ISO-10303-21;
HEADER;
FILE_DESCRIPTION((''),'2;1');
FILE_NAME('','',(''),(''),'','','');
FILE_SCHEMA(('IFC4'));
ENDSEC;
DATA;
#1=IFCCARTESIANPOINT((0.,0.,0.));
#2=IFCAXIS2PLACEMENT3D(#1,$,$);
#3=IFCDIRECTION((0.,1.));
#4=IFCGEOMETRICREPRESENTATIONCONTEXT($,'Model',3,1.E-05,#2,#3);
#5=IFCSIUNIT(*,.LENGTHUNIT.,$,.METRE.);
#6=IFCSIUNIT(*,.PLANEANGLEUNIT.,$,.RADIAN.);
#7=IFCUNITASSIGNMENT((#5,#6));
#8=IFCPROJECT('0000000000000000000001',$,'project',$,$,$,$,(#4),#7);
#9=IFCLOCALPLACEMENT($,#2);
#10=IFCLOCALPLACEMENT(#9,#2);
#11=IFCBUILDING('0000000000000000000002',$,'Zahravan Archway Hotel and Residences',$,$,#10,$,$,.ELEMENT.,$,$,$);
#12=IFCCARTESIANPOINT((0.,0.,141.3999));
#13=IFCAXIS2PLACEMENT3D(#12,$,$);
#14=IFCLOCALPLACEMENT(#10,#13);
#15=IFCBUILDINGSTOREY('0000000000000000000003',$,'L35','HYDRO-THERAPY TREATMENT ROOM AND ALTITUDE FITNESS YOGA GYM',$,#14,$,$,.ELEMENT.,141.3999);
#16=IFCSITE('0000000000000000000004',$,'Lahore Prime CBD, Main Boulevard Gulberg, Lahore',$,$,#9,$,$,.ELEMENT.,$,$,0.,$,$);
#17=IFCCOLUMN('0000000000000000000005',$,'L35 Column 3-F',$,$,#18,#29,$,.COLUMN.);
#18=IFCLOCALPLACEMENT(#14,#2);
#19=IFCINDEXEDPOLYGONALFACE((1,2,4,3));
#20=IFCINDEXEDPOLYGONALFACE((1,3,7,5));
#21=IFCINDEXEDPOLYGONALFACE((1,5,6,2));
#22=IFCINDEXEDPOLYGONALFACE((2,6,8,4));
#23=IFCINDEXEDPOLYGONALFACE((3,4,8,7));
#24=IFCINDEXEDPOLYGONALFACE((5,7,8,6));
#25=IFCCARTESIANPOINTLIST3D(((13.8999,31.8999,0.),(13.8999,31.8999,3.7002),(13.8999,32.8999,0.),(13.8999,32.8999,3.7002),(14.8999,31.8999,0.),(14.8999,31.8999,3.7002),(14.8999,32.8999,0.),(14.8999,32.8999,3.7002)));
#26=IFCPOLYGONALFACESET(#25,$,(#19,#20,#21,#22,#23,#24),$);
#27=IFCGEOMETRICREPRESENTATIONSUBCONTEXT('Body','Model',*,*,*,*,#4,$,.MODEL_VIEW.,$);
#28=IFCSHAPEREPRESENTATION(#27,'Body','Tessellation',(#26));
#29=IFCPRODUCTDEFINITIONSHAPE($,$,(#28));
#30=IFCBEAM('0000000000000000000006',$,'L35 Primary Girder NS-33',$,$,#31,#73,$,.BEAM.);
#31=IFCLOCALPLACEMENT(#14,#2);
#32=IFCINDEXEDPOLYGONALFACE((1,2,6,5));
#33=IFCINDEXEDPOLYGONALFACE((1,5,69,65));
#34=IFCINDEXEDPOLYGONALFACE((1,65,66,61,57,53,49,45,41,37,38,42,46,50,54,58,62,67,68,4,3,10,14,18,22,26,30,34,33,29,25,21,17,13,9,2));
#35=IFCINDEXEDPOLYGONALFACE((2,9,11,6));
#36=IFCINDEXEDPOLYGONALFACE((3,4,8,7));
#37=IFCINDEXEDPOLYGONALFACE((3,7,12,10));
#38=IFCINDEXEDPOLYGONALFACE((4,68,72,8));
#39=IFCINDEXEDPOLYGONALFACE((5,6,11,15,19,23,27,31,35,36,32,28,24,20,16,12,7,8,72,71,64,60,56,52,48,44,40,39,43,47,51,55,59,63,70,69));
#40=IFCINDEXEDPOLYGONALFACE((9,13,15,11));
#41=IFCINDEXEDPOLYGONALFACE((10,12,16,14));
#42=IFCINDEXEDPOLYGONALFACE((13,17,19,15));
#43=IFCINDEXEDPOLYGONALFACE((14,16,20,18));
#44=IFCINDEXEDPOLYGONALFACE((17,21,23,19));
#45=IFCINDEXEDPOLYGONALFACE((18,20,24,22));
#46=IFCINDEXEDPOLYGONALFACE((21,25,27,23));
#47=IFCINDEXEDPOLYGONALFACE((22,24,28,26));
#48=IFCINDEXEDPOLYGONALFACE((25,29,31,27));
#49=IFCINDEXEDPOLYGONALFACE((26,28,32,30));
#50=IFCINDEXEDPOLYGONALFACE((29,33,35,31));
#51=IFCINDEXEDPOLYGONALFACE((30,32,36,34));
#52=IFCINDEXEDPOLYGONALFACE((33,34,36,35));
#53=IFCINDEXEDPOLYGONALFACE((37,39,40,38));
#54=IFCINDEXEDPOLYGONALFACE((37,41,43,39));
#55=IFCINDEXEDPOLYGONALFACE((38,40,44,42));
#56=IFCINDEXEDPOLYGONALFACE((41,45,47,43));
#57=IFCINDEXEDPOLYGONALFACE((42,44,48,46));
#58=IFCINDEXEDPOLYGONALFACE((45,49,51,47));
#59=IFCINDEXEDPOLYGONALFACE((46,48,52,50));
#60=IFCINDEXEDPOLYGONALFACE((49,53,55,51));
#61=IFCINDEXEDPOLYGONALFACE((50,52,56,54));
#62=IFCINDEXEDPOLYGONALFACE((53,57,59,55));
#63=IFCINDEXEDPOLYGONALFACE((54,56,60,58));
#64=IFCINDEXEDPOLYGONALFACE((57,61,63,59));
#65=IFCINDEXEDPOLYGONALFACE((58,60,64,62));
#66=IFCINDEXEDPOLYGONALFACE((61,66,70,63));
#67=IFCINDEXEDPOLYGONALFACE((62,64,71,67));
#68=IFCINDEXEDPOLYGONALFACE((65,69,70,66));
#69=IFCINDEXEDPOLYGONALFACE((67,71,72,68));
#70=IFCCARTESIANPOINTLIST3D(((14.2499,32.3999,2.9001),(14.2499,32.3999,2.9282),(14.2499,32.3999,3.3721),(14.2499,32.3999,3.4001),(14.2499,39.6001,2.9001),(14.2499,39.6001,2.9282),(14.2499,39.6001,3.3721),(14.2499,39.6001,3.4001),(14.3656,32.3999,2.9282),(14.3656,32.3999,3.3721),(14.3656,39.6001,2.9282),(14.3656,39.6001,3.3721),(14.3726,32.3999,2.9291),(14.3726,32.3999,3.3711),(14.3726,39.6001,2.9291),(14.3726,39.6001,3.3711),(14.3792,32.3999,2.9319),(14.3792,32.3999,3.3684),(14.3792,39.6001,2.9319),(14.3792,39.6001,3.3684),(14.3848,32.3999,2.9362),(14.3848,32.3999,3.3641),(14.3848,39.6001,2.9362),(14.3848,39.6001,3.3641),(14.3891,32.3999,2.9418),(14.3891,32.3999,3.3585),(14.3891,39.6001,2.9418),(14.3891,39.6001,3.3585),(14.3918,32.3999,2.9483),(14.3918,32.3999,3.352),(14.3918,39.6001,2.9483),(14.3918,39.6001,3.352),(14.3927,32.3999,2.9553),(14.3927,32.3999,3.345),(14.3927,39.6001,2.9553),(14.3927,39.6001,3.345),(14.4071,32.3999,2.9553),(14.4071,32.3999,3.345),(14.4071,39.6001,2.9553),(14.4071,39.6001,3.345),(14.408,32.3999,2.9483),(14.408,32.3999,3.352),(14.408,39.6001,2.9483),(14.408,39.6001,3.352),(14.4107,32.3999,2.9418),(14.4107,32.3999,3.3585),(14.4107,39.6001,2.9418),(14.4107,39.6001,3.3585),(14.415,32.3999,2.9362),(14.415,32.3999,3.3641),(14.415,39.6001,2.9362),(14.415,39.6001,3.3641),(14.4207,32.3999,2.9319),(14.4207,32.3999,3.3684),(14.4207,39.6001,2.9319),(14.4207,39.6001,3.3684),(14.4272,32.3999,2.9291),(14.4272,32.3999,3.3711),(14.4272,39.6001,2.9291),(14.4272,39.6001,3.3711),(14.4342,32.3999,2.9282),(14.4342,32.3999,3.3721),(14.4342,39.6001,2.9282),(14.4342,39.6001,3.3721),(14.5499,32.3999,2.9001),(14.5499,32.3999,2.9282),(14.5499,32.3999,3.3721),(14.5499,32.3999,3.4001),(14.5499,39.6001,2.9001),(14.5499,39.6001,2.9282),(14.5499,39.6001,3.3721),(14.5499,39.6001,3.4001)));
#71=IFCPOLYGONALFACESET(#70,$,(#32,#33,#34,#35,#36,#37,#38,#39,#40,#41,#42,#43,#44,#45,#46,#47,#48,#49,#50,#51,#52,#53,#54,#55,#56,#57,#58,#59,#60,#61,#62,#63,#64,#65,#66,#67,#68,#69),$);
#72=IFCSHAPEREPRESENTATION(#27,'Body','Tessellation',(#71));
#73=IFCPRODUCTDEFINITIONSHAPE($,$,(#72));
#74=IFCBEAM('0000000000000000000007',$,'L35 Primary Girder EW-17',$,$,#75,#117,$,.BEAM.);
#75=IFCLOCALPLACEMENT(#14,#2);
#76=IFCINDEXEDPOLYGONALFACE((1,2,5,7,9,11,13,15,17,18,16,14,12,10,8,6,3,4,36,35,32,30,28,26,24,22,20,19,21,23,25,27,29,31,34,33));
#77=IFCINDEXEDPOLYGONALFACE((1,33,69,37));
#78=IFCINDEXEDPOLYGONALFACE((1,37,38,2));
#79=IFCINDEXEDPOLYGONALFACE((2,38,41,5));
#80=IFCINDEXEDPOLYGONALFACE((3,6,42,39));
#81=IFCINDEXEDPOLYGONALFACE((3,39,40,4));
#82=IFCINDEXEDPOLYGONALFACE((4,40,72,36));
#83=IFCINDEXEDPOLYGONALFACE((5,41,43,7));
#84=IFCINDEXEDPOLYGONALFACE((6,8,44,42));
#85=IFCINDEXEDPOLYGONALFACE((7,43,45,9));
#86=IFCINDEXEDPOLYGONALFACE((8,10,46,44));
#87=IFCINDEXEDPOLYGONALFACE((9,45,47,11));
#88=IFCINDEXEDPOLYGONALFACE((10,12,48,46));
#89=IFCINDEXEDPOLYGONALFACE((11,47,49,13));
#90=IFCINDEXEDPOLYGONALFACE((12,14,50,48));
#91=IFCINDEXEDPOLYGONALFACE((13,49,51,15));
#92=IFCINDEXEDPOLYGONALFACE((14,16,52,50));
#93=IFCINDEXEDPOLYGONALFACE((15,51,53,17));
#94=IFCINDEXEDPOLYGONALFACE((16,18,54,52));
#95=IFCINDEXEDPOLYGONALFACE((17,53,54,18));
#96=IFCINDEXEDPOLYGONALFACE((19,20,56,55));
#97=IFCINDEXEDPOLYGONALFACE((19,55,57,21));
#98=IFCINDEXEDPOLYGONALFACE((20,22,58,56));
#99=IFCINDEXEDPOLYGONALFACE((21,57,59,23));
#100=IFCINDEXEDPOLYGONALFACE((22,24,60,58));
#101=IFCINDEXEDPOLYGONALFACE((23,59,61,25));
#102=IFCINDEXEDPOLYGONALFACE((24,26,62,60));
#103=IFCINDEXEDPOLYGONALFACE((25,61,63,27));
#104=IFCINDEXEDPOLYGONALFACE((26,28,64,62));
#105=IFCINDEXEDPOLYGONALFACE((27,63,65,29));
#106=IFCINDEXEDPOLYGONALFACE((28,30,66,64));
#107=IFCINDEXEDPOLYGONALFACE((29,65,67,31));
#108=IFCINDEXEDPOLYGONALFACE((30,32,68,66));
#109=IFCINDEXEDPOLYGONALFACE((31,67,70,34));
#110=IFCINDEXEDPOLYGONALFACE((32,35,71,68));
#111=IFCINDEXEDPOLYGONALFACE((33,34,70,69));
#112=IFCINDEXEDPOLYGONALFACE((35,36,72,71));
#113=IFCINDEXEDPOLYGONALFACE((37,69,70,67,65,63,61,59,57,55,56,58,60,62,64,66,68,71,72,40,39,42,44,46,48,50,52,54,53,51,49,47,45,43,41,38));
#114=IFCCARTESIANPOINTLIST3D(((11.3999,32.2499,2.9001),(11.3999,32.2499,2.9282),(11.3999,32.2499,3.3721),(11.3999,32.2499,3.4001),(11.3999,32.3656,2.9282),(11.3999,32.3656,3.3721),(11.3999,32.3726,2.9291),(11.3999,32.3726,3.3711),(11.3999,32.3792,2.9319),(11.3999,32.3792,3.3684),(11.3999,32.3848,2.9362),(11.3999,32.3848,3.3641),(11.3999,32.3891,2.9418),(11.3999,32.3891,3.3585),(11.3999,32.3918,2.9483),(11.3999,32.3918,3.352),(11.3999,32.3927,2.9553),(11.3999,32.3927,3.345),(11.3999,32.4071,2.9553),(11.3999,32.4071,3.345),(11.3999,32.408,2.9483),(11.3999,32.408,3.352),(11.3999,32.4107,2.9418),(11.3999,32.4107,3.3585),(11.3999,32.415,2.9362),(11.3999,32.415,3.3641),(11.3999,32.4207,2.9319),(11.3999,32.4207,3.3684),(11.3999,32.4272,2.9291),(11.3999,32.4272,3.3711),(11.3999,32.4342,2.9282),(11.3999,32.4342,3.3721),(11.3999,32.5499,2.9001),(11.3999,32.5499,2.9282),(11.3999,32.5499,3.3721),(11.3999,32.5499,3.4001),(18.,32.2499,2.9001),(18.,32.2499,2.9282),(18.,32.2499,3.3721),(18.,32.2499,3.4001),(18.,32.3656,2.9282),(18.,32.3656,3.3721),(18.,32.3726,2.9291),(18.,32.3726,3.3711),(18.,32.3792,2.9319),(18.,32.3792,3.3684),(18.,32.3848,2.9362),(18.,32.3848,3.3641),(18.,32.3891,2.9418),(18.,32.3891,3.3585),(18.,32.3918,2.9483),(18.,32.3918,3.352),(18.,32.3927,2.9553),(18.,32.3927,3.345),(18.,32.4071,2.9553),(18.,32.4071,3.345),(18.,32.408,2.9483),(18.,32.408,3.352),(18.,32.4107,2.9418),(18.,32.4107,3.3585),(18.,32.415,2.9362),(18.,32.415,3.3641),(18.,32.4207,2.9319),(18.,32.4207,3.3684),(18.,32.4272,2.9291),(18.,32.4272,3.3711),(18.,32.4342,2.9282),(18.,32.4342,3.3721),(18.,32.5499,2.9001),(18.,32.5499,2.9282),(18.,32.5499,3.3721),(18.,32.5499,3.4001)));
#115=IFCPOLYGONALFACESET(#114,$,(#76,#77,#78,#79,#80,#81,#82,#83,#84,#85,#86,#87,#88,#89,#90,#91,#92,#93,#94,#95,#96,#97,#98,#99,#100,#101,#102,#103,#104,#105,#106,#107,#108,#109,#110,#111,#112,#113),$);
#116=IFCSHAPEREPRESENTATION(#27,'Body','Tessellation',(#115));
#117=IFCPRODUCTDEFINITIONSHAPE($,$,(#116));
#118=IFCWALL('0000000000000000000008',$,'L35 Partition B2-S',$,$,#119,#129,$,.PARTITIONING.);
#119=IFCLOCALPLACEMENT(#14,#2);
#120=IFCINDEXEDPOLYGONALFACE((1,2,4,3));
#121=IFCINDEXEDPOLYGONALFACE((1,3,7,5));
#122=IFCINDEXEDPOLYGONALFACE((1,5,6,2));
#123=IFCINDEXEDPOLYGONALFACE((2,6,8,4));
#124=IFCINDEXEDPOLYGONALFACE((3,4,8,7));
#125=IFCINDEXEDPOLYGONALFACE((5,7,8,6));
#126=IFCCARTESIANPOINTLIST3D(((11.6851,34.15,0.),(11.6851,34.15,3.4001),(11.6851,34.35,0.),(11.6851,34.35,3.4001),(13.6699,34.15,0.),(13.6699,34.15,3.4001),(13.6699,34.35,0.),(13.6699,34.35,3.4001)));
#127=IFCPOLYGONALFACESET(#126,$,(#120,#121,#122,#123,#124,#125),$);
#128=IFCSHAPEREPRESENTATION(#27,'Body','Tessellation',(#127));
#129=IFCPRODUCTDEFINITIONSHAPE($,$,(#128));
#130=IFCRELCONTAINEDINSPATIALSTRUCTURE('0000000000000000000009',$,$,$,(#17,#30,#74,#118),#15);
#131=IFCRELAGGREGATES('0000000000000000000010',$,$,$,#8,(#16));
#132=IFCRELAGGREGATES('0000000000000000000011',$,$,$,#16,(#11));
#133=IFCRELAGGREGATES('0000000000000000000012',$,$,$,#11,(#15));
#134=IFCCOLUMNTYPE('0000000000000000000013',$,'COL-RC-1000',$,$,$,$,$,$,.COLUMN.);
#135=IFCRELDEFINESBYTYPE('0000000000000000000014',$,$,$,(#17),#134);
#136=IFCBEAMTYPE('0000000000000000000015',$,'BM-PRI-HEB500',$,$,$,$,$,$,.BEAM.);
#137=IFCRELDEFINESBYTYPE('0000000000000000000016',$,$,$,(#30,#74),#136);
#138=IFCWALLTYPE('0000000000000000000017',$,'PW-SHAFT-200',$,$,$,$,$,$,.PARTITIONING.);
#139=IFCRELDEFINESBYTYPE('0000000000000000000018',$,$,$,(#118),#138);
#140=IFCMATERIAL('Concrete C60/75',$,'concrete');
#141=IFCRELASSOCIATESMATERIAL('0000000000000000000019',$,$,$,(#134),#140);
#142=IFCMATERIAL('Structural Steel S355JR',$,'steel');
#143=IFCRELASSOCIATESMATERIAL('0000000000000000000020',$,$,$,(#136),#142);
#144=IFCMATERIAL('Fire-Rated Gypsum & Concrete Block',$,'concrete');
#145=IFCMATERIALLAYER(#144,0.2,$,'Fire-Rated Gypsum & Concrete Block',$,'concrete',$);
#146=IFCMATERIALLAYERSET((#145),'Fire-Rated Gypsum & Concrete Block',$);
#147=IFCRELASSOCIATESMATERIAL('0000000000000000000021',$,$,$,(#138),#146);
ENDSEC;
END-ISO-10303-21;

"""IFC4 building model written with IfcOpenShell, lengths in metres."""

from ifc_helpers import new_model, si_unit, direction, frame, frame_2d, origin, origin_2d, place, context, subcontext, project, spatial, rectangle, i_section, extrude, source, transform, mapped, material, layer, layer_set, material_profile, profile_set, type_object, type_shapes, element, save


model = new_model("IFC4")

# Units and contexts
model_context = context("Model", 3, precision=1e-05, world=origin(), true_north=direction((0.0, 1.0)))
body_context = subcontext(model_context, "Body", "Model", "MODEL_VIEW")
ifc_project = project(units=[si_unit("LENGTHUNIT", "METRE"), si_unit("PLANEANGLEUNIT", "RADIAN")], contexts=[model_context])

# Site, building, storey
site_placement = place(None, origin())
site = spatial("IfcSite", under=ifc_project, at=site_placement, Name="Lahore Prime CBD, Main Boulevard Gulberg, Lahore", CompositionType="ELEMENT", RefElevation=0.0)
building_placement = place(site_placement, origin())
building = spatial("IfcBuilding", under=site, at=building_placement, Name="Zahravan Archway Hotel and Residences", CompositionType="ELEMENT")
storey_placement = place(building_placement, frame((0.0, 0.0, 141.3999)))
storey = spatial("IfcBuildingStorey", under=building, at=storey_placement, Name="L35", Description="HYDRO-THERAPY TREATMENT ROOM AND ALTITUDE FITNESS YOGA GYM", CompositionType="ELEMENT", Elevation=141.3999)

# Column
ifc_material_1 = material(Name="Concrete C60/75", Category="concrete")
ifc_material_profile_1 = material_profile(ifc_material_1, rectangle(XDim=1.0, YDim=1.0, at=origin_2d()), Name="RC-COL-1000x1000", Category="concrete")
ifc_profile_set_1 = profile_set([ifc_material_profile_1], Name="Concrete C60/75")
column_type = type_object("IfcColumnType", Name="COL-RC-1000", PredefinedType="COLUMN", material=ifc_profile_set_1)
shared_shape_1 = source(origin(), body_context, "Body", "SweptSolid", [
    extrude(rectangle(XDim=1.0, YDim=1.0, at=origin_2d()), origin(), (0.0, 0.0, 1.0), 3.7002),
])
column_placement = place(storey_placement, frame((14.3999, 32.3999, 0.0), z_axis=(0.0, 0.0, 1.0), x_axis=(1.0, 0.0, 0.0)))
element("IfcColumn", 1, at=column_placement, inside=storey, type_object=column_type, Name="L35 Column 3-F", PredefinedType="COLUMN", context=body_context, shape_type="MappedRepresentation", body=[
    mapped(shared_shape_1, transform((0.0, 0.0, 0.0), scale=1.0)),
])

# Beams
ifc_material_2 = material(Name="Structural Steel S355JR", Category="steel")
ifc_material_profile_2 = material_profile(ifc_material_2, i_section(OverallWidth=0.3, OverallDepth=0.5, WebThickness=0.0144, FlangeThickness=0.0281, FilletRadius=0.0271, at=origin_2d()), Name="HEB 500", Category="steel")
ifc_profile_set_2 = profile_set([ifc_material_profile_2], Name="Structural Steel S355JR")
beam_type = type_object("IfcBeamType", Name="BM-PRI-HEB500", PredefinedType="BEAM", material=ifc_profile_set_2)
shared_shape_2 = source(origin(), body_context, "Body", "SweptSolid", [
    extrude(i_section(OverallWidth=0.3, OverallDepth=0.5, WebThickness=0.0144, FlangeThickness=0.0281, FilletRadius=0.0271, at=origin_2d()), origin(), (0.0, 0.0, 1.0), 7.2002),
])
type_shapes(beam_type, [shared_shape_2])
beam_1_placement = place(storey_placement, frame((14.3999, 32.3999, 3.1501), z_axis=(0.0, 1.0, 0.0), x_axis=(-1.0, 0.0, 0.0)))
element("IfcBeam", 2, at=beam_1_placement, inside=storey, type_object=beam_type, Name="L35 Primary Girder NS-33", PredefinedType="BEAM", context=body_context, shape_type="MappedRepresentation", body=[
    mapped(shared_shape_2, transform((0.0, 0.0, 0.0), scale=1.0)),
])
shared_shape_3 = source(origin(), body_context, "Body", "SweptSolid", [
    extrude(i_section(OverallWidth=0.3, OverallDepth=0.5, WebThickness=0.0144, FlangeThickness=0.0281, FilletRadius=0.0271, at=origin_2d()), origin(), (0.0, 0.0, 1.0), 6.6001),
])
beam_2_placement = place(storey_placement, frame((11.3999, 32.3999, 3.1501), z_axis=(1.0, 0.0, 0.0), x_axis=(0.0, 1.0, 0.0)))
element("IfcBeam", 3, at=beam_2_placement, inside=storey, type_object=beam_type, Name="L35 Primary Girder EW-17", PredefinedType="BEAM", context=body_context, shape_type="MappedRepresentation", body=[
    mapped(shared_shape_3, transform((0.0, 0.0, 0.0), scale=1.0)),
])

# Wall
ifc_material_3 = material(Name="Fire-Rated Gypsum & Concrete Block", Category="concrete")
ifc_layer_1 = layer(ifc_material_3, 0.2, Name="Fire-Rated Gypsum & Concrete Block", Category="concrete")
ifc_layer_set_1 = layer_set([ifc_layer_1], Name="Fire-Rated Gypsum & Concrete Block")
wall_type_1 = type_object("IfcWallType", Name="PW-SHAFT-200", PredefinedType="PARTITIONING", material=ifc_layer_set_1)
wall_1_placement = place(storey_placement, frame((11.6851, 34.25, 0.0), z_axis=(0.0, 0.0, 1.0), x_axis=(1.0, 0.0, 0.0)))
element("IfcWall", 4, at=wall_1_placement, inside=storey, type_object=wall_type_1, Name="L35 Partition B2-S", PredefinedType="PARTITIONING", context=body_context, shape_type="SweptSolid", body=[
    extrude(rectangle(XDim=1.9849, YDim=0.2, at=frame_2d((0.9924, 0.0))), origin(), (0.0, 0.0, 1.0), 3.4001),
])

save(model, "model.ifc")
